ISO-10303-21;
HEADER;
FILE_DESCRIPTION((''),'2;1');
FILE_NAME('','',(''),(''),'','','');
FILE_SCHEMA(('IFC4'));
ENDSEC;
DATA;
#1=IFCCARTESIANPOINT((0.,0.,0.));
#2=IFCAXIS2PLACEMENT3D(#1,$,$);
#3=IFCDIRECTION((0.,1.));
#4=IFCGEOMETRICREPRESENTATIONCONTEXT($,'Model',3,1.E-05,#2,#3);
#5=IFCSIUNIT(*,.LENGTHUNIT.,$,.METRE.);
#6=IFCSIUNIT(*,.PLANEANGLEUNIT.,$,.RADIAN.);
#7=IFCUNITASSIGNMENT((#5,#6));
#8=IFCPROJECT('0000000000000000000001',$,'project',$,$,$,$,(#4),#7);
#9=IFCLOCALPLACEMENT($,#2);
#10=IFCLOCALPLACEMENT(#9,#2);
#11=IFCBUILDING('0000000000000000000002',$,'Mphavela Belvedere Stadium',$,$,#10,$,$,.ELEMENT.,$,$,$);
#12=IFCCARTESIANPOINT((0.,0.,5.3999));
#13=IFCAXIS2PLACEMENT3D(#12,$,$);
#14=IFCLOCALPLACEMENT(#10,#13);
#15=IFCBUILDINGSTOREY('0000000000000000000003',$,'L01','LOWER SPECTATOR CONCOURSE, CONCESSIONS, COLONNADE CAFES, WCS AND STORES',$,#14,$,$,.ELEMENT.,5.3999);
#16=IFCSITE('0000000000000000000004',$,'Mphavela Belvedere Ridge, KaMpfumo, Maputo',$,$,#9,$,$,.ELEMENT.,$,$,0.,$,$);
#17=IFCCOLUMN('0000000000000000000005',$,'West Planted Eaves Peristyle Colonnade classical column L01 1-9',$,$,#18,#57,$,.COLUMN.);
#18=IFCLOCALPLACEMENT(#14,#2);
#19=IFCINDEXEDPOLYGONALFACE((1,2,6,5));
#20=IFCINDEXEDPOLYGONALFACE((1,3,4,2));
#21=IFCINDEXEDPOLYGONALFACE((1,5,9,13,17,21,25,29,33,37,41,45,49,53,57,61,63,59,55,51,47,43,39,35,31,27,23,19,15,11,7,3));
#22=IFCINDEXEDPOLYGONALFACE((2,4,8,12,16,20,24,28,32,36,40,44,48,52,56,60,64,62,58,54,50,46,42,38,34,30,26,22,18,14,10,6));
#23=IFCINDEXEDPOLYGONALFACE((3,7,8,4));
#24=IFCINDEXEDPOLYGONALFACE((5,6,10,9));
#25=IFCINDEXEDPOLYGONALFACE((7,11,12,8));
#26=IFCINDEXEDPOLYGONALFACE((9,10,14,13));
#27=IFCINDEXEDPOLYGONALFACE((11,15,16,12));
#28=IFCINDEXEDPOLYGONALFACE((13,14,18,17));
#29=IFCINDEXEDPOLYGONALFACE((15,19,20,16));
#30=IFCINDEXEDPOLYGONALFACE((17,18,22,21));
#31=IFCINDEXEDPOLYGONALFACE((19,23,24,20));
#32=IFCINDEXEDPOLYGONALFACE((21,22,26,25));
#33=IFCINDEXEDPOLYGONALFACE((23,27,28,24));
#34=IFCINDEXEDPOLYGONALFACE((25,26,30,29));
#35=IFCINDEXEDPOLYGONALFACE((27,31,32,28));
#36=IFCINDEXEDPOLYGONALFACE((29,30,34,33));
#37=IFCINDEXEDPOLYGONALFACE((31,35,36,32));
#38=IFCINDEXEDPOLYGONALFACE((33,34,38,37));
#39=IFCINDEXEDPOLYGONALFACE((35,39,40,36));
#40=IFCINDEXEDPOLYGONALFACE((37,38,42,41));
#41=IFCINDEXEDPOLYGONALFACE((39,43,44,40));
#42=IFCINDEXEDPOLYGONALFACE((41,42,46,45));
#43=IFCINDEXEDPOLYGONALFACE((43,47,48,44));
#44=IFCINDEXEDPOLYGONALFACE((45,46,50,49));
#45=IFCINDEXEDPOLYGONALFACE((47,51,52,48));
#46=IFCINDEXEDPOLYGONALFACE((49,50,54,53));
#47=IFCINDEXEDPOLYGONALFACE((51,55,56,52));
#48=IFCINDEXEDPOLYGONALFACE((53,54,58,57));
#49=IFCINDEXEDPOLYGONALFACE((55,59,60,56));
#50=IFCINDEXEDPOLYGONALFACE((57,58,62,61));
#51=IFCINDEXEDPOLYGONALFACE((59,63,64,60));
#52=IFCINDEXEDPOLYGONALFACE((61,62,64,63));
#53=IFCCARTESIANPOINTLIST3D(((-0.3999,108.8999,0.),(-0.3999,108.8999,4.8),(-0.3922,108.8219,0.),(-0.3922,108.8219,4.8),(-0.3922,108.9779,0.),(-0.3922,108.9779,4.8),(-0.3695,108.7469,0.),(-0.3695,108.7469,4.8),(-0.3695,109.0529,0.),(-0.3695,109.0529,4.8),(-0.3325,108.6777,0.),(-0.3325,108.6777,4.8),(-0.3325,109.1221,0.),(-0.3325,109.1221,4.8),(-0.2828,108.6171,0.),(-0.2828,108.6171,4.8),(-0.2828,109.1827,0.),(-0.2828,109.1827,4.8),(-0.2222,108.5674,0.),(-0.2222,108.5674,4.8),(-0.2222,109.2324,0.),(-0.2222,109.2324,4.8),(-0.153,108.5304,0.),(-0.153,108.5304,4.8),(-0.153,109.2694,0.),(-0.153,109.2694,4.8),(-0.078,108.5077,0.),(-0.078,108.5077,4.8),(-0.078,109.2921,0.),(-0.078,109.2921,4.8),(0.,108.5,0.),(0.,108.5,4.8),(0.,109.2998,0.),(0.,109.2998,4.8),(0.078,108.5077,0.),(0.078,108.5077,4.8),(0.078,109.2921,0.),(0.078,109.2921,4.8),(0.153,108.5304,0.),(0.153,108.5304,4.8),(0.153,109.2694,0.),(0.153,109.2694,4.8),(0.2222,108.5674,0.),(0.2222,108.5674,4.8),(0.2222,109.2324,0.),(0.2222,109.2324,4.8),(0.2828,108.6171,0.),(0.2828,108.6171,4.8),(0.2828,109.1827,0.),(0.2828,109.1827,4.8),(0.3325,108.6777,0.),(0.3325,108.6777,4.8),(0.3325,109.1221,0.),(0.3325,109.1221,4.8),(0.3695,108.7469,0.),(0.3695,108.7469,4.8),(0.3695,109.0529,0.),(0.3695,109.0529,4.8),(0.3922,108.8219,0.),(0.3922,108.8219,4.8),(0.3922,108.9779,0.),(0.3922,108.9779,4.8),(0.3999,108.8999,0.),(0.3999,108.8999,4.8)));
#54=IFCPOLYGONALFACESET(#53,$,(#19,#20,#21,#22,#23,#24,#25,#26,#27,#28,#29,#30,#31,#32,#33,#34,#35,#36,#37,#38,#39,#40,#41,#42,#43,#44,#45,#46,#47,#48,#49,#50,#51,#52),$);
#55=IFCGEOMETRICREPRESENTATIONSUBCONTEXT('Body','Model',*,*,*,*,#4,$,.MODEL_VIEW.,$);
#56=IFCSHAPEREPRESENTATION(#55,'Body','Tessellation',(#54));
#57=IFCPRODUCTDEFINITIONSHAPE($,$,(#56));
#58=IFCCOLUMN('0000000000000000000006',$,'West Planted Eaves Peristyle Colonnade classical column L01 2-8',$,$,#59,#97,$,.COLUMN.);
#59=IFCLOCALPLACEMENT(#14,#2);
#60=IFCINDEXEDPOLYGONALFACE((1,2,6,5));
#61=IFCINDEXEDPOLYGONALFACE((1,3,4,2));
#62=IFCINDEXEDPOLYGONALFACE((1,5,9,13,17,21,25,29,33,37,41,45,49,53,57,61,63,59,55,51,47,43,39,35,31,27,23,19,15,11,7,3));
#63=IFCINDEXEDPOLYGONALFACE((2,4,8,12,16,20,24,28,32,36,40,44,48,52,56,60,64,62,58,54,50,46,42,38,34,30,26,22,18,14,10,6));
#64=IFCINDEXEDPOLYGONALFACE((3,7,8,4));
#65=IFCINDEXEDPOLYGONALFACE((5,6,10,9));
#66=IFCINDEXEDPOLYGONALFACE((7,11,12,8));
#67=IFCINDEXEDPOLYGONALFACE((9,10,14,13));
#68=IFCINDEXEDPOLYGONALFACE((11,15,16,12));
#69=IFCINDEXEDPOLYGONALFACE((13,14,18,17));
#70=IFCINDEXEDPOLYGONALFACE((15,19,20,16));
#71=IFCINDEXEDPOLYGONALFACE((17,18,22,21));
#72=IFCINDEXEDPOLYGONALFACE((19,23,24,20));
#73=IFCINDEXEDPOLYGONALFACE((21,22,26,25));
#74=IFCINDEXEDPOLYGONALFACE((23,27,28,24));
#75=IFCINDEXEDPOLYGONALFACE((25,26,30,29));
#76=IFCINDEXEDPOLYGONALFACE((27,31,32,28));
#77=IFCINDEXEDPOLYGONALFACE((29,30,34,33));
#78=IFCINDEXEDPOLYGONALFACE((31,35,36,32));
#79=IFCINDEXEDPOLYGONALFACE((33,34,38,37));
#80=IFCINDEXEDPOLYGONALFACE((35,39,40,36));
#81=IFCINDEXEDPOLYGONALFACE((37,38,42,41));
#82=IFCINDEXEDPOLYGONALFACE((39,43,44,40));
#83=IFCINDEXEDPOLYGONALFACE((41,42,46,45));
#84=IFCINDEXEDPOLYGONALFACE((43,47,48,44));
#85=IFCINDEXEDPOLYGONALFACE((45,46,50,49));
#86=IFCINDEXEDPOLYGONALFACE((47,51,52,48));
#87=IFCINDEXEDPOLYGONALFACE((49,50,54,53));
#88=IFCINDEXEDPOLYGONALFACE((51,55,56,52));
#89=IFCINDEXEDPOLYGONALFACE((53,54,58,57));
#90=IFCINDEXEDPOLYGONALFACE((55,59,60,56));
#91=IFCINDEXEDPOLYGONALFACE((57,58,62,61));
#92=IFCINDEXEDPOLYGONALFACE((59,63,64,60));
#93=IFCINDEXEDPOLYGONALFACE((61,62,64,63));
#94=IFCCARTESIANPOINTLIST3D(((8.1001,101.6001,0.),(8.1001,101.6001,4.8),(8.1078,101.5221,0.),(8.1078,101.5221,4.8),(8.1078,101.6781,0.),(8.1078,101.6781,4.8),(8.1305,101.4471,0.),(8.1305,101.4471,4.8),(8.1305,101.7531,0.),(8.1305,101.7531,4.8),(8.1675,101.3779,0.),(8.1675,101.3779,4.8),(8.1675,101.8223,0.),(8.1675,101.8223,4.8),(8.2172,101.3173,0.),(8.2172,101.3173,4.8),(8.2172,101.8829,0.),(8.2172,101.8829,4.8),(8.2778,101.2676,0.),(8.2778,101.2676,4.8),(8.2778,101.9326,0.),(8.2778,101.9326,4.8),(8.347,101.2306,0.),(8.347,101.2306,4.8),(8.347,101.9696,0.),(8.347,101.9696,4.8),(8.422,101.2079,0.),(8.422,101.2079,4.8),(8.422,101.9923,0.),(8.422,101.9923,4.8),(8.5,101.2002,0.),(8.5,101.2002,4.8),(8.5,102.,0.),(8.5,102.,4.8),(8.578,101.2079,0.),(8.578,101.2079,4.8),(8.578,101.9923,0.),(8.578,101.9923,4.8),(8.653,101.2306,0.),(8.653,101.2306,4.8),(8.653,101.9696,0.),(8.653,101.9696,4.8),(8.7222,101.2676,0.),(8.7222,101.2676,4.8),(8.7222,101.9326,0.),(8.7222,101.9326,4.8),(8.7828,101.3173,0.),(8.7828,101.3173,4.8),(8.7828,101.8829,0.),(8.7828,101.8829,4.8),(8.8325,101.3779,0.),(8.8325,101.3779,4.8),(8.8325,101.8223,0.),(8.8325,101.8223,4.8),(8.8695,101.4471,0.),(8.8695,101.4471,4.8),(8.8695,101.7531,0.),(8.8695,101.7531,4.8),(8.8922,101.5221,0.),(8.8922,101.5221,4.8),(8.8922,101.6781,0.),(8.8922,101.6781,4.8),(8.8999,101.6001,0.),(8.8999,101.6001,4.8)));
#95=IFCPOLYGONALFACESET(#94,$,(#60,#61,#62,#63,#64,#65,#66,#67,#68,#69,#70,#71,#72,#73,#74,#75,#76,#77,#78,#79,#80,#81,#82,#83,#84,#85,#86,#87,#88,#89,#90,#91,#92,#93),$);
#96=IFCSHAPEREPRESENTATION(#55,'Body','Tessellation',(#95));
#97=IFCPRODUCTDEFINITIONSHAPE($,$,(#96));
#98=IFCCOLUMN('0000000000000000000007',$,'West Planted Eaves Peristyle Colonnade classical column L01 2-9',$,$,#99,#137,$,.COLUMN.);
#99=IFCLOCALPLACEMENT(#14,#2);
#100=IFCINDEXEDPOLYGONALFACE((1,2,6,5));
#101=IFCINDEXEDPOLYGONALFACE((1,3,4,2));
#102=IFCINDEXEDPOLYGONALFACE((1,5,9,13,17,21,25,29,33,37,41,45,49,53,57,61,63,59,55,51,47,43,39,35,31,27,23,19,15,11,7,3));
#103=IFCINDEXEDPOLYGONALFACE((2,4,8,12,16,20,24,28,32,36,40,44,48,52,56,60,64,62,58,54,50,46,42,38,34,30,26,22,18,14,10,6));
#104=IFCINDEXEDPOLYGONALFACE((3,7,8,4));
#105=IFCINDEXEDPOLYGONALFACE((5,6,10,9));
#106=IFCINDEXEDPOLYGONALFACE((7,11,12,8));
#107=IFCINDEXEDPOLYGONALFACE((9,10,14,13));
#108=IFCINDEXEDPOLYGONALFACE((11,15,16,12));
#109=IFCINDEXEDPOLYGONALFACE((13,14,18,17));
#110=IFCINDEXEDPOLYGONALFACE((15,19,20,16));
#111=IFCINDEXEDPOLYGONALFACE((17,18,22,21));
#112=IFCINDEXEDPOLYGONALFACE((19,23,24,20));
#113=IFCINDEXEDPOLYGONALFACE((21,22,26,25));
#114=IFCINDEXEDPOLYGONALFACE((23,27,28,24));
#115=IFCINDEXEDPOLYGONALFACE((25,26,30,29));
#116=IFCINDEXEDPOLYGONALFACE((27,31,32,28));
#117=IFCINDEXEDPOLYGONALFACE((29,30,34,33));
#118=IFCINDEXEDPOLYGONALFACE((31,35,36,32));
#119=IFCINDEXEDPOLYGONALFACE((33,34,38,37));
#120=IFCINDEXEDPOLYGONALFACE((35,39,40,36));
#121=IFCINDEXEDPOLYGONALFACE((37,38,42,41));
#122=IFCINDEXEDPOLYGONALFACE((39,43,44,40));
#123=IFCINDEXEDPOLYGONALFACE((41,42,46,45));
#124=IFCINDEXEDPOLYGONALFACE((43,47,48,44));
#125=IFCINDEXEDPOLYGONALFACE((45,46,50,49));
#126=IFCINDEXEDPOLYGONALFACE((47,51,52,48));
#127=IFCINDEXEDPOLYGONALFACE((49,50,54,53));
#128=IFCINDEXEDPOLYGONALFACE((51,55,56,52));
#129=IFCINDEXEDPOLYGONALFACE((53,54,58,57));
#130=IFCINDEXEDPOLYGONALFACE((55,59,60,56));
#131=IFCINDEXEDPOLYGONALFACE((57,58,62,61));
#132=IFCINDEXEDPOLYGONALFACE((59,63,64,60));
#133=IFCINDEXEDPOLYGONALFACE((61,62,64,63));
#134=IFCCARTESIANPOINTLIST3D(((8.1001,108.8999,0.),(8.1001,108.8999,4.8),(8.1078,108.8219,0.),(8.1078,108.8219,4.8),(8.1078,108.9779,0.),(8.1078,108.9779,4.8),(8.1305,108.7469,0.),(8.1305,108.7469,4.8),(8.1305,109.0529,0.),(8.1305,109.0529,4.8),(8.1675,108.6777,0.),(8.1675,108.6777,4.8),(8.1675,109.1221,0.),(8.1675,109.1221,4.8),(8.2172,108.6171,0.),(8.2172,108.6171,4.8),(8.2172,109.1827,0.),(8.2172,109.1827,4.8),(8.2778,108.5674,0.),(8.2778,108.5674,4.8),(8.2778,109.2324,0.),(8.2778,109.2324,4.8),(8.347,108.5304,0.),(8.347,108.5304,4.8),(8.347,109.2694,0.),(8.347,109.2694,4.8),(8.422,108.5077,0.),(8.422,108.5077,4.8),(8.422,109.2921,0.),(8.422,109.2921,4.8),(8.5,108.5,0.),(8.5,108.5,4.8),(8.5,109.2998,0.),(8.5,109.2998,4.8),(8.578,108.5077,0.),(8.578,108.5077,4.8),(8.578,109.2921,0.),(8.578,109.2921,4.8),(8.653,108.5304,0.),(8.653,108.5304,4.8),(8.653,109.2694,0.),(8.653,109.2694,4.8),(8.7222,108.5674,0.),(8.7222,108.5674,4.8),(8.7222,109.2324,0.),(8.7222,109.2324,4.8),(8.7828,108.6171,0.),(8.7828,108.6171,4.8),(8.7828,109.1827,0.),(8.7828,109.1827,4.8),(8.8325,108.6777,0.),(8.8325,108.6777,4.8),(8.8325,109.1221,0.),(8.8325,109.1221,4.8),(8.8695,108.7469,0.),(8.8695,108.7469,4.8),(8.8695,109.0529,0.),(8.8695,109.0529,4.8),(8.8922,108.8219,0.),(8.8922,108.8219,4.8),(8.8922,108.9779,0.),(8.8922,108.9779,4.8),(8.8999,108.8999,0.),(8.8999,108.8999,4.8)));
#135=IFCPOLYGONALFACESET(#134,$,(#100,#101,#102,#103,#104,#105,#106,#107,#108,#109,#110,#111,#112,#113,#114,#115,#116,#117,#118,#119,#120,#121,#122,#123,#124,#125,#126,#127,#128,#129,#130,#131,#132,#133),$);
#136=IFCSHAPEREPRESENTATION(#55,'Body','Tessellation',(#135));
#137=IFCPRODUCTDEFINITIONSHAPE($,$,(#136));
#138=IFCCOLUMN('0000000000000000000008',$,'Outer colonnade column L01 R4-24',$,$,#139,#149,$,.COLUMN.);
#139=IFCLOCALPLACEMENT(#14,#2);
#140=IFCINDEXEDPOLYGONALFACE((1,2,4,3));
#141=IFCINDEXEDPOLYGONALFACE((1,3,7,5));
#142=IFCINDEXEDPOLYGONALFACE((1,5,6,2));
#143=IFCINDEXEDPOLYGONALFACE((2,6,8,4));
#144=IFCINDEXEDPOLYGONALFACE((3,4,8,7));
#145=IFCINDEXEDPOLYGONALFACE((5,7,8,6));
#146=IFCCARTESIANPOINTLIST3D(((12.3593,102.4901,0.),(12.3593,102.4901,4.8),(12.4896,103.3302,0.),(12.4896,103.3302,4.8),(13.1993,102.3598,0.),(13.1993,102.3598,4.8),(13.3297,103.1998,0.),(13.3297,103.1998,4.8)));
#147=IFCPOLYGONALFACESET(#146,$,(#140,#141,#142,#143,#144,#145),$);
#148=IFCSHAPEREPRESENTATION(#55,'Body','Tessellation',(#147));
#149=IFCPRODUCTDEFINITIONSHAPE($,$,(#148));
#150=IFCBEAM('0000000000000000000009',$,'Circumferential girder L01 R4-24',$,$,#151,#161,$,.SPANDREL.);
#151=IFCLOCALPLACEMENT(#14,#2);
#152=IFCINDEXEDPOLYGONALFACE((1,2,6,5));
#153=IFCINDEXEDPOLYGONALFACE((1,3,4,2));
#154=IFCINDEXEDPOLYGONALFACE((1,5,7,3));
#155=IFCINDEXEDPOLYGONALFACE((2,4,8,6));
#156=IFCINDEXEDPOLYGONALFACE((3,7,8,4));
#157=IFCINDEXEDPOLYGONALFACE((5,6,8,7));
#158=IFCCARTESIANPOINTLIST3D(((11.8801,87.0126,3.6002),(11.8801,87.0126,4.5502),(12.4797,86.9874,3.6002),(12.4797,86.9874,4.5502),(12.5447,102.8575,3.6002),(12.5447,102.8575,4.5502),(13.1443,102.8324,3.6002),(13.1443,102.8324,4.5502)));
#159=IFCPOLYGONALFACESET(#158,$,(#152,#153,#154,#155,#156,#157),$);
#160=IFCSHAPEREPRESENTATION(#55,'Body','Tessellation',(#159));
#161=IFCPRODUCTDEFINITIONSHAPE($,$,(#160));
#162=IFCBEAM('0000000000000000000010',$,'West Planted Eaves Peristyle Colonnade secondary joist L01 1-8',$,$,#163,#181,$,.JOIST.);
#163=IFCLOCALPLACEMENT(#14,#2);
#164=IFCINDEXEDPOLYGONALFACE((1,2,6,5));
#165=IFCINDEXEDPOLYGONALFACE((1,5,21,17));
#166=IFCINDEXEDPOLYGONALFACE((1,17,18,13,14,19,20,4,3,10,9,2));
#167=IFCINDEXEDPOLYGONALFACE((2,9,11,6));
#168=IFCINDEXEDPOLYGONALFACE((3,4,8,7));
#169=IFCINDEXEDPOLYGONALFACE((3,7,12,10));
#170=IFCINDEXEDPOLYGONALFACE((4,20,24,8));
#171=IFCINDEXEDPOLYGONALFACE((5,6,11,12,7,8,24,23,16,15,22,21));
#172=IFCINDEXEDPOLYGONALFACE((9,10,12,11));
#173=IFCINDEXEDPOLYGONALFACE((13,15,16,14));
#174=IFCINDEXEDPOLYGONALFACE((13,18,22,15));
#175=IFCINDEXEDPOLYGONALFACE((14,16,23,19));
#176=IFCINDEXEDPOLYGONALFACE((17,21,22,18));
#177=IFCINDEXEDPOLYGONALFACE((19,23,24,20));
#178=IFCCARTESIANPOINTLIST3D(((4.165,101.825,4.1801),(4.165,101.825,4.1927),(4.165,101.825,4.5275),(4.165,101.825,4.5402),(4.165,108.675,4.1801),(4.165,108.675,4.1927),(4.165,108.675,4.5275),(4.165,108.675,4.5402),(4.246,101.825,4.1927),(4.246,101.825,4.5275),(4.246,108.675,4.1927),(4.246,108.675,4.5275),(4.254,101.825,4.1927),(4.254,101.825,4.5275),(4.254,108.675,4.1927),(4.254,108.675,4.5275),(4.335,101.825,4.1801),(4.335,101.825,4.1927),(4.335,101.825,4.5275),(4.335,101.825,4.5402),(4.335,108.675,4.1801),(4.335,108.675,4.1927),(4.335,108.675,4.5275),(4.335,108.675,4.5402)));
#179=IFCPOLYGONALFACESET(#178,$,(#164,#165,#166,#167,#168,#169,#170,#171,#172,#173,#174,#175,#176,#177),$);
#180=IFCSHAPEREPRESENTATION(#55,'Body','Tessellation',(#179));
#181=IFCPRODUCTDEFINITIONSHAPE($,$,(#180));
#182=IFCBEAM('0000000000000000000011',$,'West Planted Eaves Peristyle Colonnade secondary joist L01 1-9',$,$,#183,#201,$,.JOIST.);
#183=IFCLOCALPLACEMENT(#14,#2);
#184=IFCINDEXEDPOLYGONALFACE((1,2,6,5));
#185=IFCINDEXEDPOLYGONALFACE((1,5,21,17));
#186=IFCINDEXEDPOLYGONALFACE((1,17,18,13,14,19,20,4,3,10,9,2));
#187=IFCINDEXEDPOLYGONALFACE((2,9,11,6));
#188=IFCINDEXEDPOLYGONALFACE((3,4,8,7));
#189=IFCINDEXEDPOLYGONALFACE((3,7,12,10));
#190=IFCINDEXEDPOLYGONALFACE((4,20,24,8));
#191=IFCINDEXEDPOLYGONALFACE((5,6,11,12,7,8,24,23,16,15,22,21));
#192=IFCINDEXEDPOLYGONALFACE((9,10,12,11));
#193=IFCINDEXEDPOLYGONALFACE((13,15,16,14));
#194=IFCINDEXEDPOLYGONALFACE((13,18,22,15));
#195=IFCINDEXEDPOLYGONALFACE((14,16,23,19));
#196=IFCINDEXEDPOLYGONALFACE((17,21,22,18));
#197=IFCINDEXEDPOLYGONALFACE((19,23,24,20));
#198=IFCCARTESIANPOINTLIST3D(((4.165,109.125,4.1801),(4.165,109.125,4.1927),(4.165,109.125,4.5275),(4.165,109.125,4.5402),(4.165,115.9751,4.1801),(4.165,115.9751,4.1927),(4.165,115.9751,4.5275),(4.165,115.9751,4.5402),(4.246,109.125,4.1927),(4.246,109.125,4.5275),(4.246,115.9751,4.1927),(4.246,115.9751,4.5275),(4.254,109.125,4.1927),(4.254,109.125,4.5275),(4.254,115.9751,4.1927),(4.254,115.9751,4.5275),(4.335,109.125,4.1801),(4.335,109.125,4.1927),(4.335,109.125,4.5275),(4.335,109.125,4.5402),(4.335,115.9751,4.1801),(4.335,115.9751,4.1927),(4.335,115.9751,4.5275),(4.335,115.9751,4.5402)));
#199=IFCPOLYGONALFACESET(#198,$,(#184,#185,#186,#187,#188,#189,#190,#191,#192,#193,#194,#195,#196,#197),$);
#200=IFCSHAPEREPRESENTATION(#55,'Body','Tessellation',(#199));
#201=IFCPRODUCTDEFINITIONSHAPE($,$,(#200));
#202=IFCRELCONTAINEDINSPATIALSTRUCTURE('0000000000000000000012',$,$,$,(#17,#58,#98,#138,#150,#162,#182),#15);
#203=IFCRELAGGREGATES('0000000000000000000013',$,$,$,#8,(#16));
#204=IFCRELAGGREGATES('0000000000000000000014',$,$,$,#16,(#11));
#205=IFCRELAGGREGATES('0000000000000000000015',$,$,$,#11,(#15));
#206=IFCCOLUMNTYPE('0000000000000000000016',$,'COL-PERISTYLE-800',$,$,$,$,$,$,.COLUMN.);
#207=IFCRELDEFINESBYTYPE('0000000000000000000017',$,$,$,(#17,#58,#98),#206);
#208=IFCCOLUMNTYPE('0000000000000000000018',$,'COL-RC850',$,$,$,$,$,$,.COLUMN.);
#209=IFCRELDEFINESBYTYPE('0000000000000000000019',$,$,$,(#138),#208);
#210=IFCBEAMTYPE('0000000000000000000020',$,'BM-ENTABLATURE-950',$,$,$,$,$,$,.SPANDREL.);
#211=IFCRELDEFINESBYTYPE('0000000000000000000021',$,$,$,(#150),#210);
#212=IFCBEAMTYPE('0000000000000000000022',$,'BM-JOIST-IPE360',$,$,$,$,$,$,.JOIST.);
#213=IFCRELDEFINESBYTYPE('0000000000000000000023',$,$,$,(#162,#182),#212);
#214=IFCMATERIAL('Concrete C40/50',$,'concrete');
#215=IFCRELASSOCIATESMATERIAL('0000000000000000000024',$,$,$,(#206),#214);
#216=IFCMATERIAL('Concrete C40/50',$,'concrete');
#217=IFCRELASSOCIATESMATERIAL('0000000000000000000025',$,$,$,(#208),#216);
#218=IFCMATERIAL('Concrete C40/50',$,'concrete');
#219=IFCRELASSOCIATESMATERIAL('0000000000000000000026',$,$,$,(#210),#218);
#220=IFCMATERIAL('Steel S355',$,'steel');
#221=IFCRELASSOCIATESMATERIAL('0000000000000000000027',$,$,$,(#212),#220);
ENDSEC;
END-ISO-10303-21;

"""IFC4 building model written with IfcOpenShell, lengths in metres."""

from ifc_helpers import new_model, si_unit, direction, frame, origin, origin_2d, place, context, subcontext, project, spatial, rectangle, circle, i_section, extrude, material, material_profile, profile_set, type_object, element, save


model = new_model("IFC4")

# Units and contexts
model_context = context("Model", 3, precision=1e-05, world=origin(), true_north=direction((0.0, 1.0)))
body_context = subcontext(model_context, "Body", "Model", "MODEL_VIEW")
ifc_project = project(units=[si_unit("LENGTHUNIT", "METRE"), si_unit("PLANEANGLEUNIT", "RADIAN")], contexts=[model_context])

# Site, building, storey
site_placement = place(None, origin())
site = spatial("IfcSite", under=ifc_project, at=site_placement, Name="Mphavela Belvedere Ridge, KaMpfumo, Maputo", CompositionType="ELEMENT", RefElevation=0.0)
building_placement = place(site_placement, origin())
building = spatial("IfcBuilding", under=site, at=building_placement, Name="Mphavela Belvedere Stadium", CompositionType="ELEMENT")
storey_placement = place(building_placement, frame((0.0, 0.0, 5.3999)))
storey = spatial("IfcBuildingStorey", under=building, at=storey_placement, Name="L01", Description="LOWER SPECTATOR CONCOURSE, CONCESSIONS, COLONNADE CAFES, WCS AND STORES", CompositionType="ELEMENT", Elevation=5.3999)

# Columns
ifc_material_1 = material(Name="Concrete C40/50", Category="concrete")
ifc_material_profile_1 = material_profile(ifc_material_1, circle(Radius=0.3999, at=origin_2d()), Name="COL D800")
ifc_profile_set_1 = profile_set([ifc_material_profile_1], Name="Concrete C40/50")
column_type_1 = type_object("IfcColumnType", Name="COL-PERISTYLE-800", PredefinedType="COLUMN", material=ifc_profile_set_1)
for number, where, z_axis, x_axis, name in (
    (1, (0.0, 108.8999, 0.0), (0.0, 0.0, 1.0), (1.0, 0.0, 0.0), "West Planted Eaves Peristyle Colonnade classical column L01 1-9"),
    (2, (8.5, 101.6001, 0.0), (0.0, 0.0, 1.0), (1.0, 0.0, 0.0), "West Planted Eaves Peristyle Colonnade classical column L01 2-8"),
    (3, (8.5, 108.8999, 0.0), (0.0, 0.0, 1.0), (1.0, 0.0, 0.0), "West Planted Eaves Peristyle Colonnade classical column L01 2-9"),
):
    element("IfcColumn", number, at=place(storey_placement, frame(where, z_axis=z_axis, x_axis=x_axis)), inside=storey, type_object=column_type_1, Name=name, PredefinedType="COLUMN", context=body_context, shape_type="SweptSolid", body=[
        extrude(circle(Radius=0.3999, at=origin_2d()), origin(), (0.0, 0.0, 1.0), 4.8),
    ])
ifc_material_2 = material(Name="Concrete C40/50", Category="concrete")
ifc_material_profile_2 = material_profile(ifc_material_2, rectangle(XDim=0.8501, YDim=0.8501, at=origin_2d()), Name="RC 850x850")
ifc_profile_set_2 = profile_set([ifc_material_profile_2], Name="Concrete C40/50")
column_type_2 = type_object("IfcColumnType", Name="COL-RC850", PredefinedType="COLUMN", material=ifc_profile_set_2)
column_placement = place(storey_placement, frame((12.8445, 102.845, 0.0), z_axis=(0.0, 0.0, 1.0), x_axis=(-0.988175, 0.153331, 0.0)))
element("IfcColumn", 4, at=column_placement, inside=storey, type_object=column_type_2, Name="Outer colonnade column L01 R4-24", PredefinedType="COLUMN", context=body_context, shape_type="SweptSolid", body=[
    extrude(rectangle(XDim=0.8501, YDim=0.8501, at=origin_2d()), origin(), (0.0, 0.0, 1.0), 4.8),
])

# Beams
ifc_material_3 = material(Name="Concrete C40/50", Category="concrete")
ifc_material_profile_3 = material_profile(ifc_material_3, rectangle(XDim=0.6001, YDim=0.95, at=origin_2d()), Name="RC 600x950")
ifc_profile_set_3 = profile_set([ifc_material_profile_3], Name="Concrete C40/50")
beam_type_1 = type_object("IfcBeamType", Name="BM-ENTABLATURE-950", PredefinedType="SPANDREL", material=ifc_profile_set_3)
beam_1_placement = place(storey_placement, frame((12.8445, 102.845, 4.0752), z_axis=(-0.041904, -0.999122, 0.0), x_axis=(0.999122, -0.041904, 0.0)))
element("IfcBeam", 5, at=beam_1_placement, inside=storey, type_object=beam_type_1, Name="Circumferential girder L01 R4-24", PredefinedType="SPANDREL", context=body_context, shape_type="SweptSolid", body=[
    extrude(rectangle(XDim=0.6001, YDim=0.95, at=origin_2d()), origin(), (0.0, 0.0, 1.0), 15.8589),
])
ifc_material_4 = material(Name="Steel S355", Category="steel")
ifc_material_profile_4 = material_profile(ifc_material_4, i_section(OverallWidth=0.1699, OverallDepth=0.3601, WebThickness=0.0081, FlangeThickness=0.0127, at=origin_2d()), Name="IPE 360")
ifc_profile_set_4 = profile_set([ifc_material_profile_4], Name="Steel S355")
beam_type_2 = type_object("IfcBeamType", Name="BM-JOIST-IPE360", PredefinedType="JOIST", material=ifc_profile_set_4)
for number, where, z_axis, x_axis, name in (
    (6, (4.25, 101.825, 4.3601), (0.0, 1.0, 0.0), (-1.0, 0.0, 0.0), "West Planted Eaves Peristyle Colonnade secondary joist L01 1-8"),
    (7, (4.25, 109.125, 4.3601), (0.0, 1.0, 0.0), (-1.0, 0.0, 0.0), "West Planted Eaves Peristyle Colonnade secondary joist L01 1-9"),
):
    element("IfcBeam", number, at=place(storey_placement, frame(where, z_axis=z_axis, x_axis=x_axis)), inside=storey, type_object=beam_type_2, Name=name, PredefinedType="JOIST", context=body_context, shape_type="SweptSolid", body=[
        extrude(i_section(OverallWidth=0.1699, OverallDepth=0.3601, WebThickness=0.0081, FlangeThickness=0.0127, at=origin_2d()), origin(), (0.0, 0.0, 1.0), 6.8501),
    ])

save(model, "model.ifc")
